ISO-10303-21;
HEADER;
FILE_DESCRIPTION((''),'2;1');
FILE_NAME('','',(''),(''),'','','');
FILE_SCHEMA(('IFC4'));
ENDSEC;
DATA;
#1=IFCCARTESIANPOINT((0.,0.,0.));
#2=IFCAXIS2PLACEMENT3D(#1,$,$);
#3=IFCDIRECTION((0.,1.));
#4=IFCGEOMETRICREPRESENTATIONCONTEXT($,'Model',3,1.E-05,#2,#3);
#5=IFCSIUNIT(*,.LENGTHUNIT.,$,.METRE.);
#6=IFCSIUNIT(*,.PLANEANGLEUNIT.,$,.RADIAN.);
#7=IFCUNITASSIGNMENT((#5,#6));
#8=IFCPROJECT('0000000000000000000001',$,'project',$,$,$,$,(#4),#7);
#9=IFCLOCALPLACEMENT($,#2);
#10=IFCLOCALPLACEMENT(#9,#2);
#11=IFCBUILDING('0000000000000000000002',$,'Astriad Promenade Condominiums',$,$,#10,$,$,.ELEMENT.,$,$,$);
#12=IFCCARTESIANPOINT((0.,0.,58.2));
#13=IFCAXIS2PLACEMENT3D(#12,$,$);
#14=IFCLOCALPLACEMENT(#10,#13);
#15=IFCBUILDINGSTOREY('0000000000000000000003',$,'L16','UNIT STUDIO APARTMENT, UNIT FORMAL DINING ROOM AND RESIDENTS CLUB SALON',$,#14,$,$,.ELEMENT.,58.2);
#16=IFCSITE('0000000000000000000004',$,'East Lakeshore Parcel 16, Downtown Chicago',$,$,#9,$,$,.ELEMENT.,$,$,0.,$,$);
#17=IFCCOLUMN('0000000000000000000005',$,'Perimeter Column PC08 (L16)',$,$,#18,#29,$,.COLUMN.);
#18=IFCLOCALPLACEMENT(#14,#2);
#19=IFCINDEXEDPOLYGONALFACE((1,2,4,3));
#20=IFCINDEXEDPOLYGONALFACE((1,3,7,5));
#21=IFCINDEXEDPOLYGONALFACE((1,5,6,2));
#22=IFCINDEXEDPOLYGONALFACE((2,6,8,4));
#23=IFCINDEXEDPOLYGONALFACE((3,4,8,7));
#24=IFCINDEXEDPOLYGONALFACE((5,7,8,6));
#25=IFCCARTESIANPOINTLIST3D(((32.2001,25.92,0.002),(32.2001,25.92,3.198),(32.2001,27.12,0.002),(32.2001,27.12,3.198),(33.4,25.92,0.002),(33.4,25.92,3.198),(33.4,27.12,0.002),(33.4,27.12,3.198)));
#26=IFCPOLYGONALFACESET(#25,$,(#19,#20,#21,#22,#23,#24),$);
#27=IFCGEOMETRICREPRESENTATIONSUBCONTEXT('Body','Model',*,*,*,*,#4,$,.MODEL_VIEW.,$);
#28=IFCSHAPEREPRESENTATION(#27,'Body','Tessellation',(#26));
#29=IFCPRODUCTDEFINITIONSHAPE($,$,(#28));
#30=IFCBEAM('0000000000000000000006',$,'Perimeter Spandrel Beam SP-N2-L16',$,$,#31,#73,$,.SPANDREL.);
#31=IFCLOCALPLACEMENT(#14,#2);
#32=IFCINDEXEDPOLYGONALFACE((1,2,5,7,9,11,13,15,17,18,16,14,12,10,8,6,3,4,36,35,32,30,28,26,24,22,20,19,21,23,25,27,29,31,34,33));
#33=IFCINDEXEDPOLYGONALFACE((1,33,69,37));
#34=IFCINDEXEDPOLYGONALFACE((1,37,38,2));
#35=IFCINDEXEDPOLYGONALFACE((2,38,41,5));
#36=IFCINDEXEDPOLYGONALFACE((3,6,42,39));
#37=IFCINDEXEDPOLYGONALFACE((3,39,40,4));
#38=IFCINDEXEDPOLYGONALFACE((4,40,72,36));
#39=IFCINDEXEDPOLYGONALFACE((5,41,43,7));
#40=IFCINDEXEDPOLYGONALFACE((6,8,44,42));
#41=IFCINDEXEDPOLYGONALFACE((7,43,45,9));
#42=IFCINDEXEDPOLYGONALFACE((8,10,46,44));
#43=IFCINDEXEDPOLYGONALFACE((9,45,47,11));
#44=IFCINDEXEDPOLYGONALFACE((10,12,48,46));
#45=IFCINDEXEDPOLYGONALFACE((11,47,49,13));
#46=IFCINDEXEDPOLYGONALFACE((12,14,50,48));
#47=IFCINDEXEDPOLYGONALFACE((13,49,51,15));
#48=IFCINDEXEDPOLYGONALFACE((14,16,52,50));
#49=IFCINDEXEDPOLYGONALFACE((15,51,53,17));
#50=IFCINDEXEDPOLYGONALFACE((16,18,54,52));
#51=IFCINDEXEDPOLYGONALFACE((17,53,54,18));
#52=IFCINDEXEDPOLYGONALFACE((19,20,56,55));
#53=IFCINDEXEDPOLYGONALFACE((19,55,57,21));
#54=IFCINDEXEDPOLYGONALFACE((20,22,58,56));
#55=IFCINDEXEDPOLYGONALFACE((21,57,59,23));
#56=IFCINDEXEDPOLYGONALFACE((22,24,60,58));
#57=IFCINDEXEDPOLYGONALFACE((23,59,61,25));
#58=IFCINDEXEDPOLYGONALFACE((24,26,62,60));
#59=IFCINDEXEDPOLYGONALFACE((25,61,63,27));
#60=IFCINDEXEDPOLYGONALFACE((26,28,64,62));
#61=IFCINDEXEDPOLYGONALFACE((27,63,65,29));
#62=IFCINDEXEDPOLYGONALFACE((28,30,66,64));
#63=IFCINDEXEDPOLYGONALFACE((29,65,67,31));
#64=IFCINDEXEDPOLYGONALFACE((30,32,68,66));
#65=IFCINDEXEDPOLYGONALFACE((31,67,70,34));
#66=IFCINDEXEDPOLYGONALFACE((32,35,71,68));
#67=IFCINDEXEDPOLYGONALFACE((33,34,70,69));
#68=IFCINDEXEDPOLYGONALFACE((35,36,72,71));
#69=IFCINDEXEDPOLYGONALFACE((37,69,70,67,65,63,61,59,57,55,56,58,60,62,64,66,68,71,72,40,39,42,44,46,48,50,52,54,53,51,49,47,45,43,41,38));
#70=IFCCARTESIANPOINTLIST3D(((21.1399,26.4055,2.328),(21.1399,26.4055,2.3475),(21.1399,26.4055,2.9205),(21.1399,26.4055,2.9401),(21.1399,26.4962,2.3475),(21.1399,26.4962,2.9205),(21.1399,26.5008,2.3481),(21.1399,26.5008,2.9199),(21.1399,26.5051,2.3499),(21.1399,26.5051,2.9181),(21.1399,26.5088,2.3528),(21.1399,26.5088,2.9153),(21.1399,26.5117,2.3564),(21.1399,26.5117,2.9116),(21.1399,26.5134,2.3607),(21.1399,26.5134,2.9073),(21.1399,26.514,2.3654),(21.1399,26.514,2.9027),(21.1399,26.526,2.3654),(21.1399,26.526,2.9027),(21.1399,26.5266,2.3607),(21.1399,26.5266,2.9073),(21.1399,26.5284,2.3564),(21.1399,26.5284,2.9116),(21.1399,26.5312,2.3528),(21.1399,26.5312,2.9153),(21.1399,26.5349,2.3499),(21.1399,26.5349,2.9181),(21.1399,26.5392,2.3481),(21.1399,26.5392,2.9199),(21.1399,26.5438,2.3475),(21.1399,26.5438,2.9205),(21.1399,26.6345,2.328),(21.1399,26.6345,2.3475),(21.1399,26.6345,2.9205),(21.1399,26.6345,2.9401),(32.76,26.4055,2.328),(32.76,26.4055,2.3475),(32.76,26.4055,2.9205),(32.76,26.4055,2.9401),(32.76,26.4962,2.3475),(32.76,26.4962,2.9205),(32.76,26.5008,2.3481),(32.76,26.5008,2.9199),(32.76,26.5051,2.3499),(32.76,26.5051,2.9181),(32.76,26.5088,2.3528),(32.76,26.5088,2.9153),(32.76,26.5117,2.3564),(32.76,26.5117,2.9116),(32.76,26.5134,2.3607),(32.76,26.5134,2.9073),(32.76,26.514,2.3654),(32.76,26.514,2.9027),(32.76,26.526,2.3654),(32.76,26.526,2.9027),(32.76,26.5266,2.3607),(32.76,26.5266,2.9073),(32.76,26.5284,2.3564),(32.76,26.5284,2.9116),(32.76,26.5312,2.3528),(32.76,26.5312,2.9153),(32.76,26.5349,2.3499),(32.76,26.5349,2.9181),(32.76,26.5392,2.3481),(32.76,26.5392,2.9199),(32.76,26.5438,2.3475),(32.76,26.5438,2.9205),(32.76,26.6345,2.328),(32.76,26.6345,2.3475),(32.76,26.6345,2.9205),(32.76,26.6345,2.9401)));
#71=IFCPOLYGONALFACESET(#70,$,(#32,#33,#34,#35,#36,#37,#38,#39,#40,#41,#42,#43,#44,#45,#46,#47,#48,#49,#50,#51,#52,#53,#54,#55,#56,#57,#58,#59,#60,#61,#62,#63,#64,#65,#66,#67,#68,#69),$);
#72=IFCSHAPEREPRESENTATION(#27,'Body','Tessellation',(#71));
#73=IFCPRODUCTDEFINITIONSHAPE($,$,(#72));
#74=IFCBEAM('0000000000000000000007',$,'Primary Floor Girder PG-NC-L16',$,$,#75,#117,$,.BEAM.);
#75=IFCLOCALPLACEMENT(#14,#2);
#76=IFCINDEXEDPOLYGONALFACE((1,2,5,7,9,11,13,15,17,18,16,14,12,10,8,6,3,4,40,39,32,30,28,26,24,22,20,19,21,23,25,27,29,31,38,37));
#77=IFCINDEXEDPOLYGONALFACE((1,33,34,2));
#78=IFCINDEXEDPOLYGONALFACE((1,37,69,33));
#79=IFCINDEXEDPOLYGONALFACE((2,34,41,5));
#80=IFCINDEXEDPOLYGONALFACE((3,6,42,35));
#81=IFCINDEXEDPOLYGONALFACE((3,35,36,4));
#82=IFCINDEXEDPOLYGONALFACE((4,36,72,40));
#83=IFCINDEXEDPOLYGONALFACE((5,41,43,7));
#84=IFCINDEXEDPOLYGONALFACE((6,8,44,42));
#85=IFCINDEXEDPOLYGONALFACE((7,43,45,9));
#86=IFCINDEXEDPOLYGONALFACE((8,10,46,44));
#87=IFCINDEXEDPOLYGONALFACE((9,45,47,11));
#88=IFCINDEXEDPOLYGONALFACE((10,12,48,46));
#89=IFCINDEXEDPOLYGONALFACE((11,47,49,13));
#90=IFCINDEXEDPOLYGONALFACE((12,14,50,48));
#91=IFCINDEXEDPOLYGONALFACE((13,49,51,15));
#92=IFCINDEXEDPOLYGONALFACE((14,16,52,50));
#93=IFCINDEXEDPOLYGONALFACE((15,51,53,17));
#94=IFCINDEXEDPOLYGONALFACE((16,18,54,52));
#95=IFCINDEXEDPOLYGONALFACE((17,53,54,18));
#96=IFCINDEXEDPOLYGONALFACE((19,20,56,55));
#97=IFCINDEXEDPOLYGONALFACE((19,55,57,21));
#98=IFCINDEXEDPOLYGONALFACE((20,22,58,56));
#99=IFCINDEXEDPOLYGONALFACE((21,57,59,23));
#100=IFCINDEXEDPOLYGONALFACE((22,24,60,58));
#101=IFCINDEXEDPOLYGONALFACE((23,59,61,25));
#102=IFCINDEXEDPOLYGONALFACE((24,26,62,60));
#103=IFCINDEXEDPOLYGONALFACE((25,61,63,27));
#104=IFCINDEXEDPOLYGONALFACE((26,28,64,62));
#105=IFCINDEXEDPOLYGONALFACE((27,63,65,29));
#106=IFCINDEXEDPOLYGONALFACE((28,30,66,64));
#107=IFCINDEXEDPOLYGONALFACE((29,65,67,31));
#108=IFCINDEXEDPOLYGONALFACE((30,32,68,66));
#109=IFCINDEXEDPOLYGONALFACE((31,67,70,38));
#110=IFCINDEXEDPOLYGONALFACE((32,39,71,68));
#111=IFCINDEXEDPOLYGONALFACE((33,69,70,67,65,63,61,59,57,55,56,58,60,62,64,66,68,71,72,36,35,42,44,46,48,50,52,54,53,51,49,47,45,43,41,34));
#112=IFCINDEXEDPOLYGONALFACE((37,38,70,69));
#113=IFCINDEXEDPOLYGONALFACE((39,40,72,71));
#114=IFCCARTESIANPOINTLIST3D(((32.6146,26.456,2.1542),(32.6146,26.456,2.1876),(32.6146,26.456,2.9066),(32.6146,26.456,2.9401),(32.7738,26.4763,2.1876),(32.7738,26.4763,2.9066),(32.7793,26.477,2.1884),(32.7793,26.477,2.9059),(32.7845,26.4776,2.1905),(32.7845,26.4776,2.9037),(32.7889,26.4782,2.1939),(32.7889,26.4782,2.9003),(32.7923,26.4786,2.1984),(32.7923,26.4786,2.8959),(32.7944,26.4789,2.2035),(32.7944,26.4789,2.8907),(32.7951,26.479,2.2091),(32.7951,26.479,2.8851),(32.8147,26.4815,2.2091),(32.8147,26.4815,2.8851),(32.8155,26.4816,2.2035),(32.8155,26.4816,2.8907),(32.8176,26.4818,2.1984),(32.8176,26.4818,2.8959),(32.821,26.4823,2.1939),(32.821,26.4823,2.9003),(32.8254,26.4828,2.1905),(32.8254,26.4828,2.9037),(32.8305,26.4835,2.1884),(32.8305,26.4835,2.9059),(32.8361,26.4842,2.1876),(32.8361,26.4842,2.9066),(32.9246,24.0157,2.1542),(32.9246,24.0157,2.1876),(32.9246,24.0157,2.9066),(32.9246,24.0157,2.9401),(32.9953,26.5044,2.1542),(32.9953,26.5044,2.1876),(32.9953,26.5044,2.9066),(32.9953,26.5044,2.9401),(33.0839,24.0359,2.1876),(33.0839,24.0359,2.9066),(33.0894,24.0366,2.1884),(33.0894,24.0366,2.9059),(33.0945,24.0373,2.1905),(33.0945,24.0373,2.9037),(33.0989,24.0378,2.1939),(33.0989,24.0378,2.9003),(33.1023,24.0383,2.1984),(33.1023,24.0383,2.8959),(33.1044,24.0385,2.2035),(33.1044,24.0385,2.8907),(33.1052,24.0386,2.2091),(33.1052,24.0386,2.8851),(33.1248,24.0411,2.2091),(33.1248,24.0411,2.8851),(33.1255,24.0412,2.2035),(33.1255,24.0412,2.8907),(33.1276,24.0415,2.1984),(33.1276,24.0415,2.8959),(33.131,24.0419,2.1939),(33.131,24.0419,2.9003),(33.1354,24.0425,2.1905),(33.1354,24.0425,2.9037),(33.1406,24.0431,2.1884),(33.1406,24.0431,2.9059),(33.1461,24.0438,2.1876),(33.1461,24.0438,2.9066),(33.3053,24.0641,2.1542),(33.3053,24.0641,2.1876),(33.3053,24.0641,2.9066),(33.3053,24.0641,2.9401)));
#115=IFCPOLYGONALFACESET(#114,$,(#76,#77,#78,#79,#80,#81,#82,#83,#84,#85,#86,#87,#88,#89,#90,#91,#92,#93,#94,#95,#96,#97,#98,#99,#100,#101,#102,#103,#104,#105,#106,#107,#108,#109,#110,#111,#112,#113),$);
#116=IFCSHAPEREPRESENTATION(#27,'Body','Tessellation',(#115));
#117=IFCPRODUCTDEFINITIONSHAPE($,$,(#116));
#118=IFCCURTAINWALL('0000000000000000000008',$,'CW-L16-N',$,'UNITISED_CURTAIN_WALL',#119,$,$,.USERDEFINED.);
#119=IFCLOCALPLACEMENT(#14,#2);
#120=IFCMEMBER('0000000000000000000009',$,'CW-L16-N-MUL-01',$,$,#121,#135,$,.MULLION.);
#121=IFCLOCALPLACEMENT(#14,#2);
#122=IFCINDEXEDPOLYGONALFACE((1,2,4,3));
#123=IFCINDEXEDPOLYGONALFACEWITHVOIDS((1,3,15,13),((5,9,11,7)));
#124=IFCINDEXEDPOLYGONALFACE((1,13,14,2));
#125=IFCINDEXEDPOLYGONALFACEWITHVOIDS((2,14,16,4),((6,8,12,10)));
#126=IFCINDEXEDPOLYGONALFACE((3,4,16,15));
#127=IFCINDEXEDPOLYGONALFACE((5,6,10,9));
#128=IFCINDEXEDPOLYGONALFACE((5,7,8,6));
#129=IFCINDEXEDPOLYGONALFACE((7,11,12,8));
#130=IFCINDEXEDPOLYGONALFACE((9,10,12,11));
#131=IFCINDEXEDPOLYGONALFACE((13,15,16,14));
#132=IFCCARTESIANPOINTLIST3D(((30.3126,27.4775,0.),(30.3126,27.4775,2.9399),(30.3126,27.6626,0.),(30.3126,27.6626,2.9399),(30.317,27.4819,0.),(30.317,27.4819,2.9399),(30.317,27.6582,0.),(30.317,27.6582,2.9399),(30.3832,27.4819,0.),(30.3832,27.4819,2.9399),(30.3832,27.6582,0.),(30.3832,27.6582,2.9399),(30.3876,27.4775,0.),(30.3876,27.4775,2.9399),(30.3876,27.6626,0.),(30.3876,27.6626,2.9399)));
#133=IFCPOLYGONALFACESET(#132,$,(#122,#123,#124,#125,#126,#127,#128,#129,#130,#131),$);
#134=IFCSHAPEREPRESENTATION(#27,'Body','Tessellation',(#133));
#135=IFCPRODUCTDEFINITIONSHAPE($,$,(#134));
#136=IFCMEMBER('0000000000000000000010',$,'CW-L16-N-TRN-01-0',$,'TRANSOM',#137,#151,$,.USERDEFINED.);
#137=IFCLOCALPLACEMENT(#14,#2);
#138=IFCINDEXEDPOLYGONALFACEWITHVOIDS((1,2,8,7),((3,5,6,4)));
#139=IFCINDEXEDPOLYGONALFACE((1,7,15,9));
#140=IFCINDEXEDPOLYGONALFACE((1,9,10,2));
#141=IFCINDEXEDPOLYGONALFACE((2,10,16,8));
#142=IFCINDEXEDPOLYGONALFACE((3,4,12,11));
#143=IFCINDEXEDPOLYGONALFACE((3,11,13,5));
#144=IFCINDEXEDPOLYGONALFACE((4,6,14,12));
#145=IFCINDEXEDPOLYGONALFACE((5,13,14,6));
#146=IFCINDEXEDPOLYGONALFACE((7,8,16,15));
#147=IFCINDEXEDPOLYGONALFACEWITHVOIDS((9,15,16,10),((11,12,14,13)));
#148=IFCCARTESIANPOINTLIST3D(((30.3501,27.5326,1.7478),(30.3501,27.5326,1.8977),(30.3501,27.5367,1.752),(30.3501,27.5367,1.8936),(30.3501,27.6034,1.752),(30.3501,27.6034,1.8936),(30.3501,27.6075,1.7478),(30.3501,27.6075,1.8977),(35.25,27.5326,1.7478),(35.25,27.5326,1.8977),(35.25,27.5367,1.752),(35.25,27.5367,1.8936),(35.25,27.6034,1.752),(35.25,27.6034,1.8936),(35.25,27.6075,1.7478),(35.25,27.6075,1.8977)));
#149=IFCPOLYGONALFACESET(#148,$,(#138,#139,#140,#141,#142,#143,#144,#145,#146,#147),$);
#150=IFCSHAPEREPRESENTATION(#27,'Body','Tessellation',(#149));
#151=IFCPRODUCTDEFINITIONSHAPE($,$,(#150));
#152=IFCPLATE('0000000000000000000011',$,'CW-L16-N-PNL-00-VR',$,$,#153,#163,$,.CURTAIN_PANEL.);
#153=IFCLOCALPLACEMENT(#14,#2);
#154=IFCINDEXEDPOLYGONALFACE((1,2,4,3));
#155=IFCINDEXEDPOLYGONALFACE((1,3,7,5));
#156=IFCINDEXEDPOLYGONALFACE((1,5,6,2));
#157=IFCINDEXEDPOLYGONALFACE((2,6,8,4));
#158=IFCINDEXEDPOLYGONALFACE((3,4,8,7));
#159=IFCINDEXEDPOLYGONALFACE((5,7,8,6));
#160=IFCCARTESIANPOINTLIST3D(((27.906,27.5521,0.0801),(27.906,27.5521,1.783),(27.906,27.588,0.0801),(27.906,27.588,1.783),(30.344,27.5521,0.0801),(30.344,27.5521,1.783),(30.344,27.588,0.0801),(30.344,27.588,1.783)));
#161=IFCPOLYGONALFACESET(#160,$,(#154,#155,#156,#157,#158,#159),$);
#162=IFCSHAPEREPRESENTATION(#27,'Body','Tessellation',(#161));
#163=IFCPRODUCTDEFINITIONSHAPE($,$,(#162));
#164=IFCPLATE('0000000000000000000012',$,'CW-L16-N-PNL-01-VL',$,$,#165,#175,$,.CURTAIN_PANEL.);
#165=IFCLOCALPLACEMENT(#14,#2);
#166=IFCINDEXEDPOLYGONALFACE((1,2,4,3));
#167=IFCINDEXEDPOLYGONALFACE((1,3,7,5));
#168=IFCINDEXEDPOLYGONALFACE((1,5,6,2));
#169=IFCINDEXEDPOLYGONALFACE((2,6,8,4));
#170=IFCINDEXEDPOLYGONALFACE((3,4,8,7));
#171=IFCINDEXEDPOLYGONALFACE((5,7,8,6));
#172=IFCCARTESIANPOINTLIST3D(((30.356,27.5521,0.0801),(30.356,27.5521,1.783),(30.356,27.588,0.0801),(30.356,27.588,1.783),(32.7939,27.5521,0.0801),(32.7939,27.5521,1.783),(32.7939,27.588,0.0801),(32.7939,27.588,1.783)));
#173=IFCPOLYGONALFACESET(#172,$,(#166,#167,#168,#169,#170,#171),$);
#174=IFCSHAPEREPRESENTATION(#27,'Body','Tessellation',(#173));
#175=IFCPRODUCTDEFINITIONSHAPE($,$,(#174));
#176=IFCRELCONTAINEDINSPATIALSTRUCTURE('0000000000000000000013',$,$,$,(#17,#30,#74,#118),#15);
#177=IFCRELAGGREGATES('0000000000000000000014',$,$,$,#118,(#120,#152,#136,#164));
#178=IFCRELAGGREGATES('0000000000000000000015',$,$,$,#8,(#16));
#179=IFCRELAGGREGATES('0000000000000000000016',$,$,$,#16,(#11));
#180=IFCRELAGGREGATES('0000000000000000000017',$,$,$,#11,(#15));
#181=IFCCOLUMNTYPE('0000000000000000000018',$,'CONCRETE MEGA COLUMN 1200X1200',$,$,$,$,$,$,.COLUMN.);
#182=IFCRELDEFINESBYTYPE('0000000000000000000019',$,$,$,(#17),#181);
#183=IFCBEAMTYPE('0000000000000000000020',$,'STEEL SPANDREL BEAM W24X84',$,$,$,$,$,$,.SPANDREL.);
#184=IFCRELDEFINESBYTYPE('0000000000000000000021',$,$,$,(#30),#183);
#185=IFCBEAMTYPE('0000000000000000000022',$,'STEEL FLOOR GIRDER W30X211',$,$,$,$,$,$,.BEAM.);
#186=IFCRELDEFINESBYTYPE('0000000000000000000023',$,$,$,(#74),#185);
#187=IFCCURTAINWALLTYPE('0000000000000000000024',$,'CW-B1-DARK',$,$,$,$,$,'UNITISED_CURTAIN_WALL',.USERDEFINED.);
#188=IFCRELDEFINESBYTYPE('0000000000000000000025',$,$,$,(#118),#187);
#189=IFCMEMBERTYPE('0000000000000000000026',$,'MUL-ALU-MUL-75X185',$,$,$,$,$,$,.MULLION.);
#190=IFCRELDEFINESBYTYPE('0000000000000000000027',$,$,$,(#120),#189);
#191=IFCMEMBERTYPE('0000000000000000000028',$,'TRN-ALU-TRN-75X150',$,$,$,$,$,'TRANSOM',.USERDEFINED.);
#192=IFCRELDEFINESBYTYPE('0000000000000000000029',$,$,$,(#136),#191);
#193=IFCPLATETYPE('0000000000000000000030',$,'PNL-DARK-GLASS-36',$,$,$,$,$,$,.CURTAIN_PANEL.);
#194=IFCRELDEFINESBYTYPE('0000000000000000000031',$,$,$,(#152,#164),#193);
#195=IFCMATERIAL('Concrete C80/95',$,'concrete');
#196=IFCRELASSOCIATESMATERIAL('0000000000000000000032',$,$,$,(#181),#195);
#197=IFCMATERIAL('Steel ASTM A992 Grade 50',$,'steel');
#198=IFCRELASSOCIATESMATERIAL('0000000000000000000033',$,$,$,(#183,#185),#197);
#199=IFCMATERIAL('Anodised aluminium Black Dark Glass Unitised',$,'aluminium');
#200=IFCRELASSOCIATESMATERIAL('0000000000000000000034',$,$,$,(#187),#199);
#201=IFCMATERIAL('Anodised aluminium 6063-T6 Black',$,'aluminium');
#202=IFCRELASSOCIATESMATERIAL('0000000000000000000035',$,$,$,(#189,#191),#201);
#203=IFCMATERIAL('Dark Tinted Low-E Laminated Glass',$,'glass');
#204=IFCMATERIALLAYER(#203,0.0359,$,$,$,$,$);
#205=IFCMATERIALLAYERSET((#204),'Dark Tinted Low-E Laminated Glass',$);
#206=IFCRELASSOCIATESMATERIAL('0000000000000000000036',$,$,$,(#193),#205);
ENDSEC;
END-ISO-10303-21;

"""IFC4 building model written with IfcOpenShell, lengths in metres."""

from ifc_helpers import new_model, si_unit, direction, frame, origin, origin_2d, place, context, subcontext, project, spatial, rectangle, hollow_rectangle, i_section, extrude, source, transform, mapped, material, layer, layer_set, material_profile, profile_set, type_object, type_shapes, element, aggregate, save


model = new_model("IFC4")

# Units and contexts
model_context = context("Model", 3, precision=1e-05, world=origin(), true_north=direction((0.0, 1.0)))
body_context = subcontext(model_context, "Body", "Model", "MODEL_VIEW")
ifc_project = project(units=[si_unit("LENGTHUNIT", "METRE"), si_unit("PLANEANGLEUNIT", "RADIAN")], contexts=[model_context])

# Site, building, storey
site_placement = place(None, origin())
site = spatial("IfcSite", under=ifc_project, at=site_placement, Name="East Lakeshore Parcel 16, Downtown Chicago", CompositionType="ELEMENT", RefElevation=0.0)
building_placement = place(site_placement, origin())
building = spatial("IfcBuilding", under=site, at=building_placement, Name="Astriad Promenade Condominiums", CompositionType="ELEMENT")
storey_placement = place(building_placement, frame((0.0, 0.0, 58.2)))
storey = spatial("IfcBuildingStorey", under=building, at=storey_placement, Name="L16", Description="UNIT STUDIO APARTMENT, UNIT FORMAL DINING ROOM AND RESIDENTS CLUB SALON", CompositionType="ELEMENT", Elevation=58.2)

# Column
ifc_material_1 = material(Name="Concrete C80/95", Category="concrete")
ifc_material_profile_1 = material_profile(ifc_material_1, rectangle(XDim=1.2, YDim=1.2, at=origin_2d()), Name="RC-COL-1200X1200")
ifc_profile_set_1 = profile_set([ifc_material_profile_1], Name="Concrete C80/95")
column_type = type_object("IfcColumnType", Name="CONCRETE MEGA COLUMN 1200X1200", PredefinedType="COLUMN", material=ifc_profile_set_1)
shared_shape_1 = source(origin(), body_context, "Body", "SweptSolid", [
    extrude(rectangle(XDim=1.2, YDim=1.2, at=origin_2d()), origin(), (0.0, 0.0, 1.0), 3.196),
])
type_shapes(column_type, [shared_shape_1])
column_placement = place(storey_placement, frame((32.8, 26.52, 0.002), z_axis=(0.0, 0.0, 1.0), x_axis=(1.0, 0.0, 0.0)))
element("IfcColumn", 1, at=column_placement, inside=storey, type_object=column_type, Name="Perimeter Column PC08 (L16)", PredefinedType="COLUMN", context=body_context, shape_type="MappedRepresentation", body=[
    mapped(shared_shape_1, transform((0.0, 0.0, 0.0), scale=1.0)),
])

# Beams
ifc_material_2 = material(Name="Steel ASTM A992 Grade 50", Category="steel")
ifc_material_profile_2 = material_profile(ifc_material_2, i_section(OverallWidth=0.229, OverallDepth=0.6121, WebThickness=0.012, FlangeThickness=0.0195, FilletRadius=0.0178, at=origin_2d()), Name="W24X84")
ifc_profile_set_2 = profile_set([ifc_material_profile_2], Name="Steel ASTM A992 Grade 50")
beam_type_1 = type_object("IfcBeamType", Name="STEEL SPANDREL BEAM W24X84", PredefinedType="SPANDREL", material=ifc_profile_set_2)
shared_shape_2 = source(origin(), body_context, "Body", "SweptSolid", [
    extrude(i_section(OverallWidth=0.229, OverallDepth=0.6121, WebThickness=0.012, FlangeThickness=0.0195, FilletRadius=0.0178, at=origin_2d()), origin(), (0.0, 0.0, 1.0), 11.6201),
])
type_shapes(beam_type_1, [shared_shape_2])
beam_1_placement = place(storey_placement, frame((32.76, 26.52, 2.634), z_axis=(-1.0, 0.0, 0.0), x_axis=(0.0, -1.0, 0.0)))
element("IfcBeam", 2, at=beam_1_placement, inside=storey, type_object=beam_type_1, Name="Perimeter Spandrel Beam SP-N2-L16", PredefinedType="SPANDREL", context=body_context, shape_type="MappedRepresentation", body=[
    mapped(shared_shape_2, transform((0.0, 0.0, 0.0), scale=1.0)),
])
ifc_material_profile_3 = material_profile(ifc_material_2, i_section(OverallWidth=0.3838, OverallDepth=0.7859, WebThickness=0.0198, FlangeThickness=0.0334, FilletRadius=0.0215, at=origin_2d()), Name="W30X211")
ifc_profile_set_3 = profile_set([ifc_material_profile_3], Name="Steel ASTM A992 Grade 50")
beam_type_2 = type_object("IfcBeamType", Name="STEEL FLOOR GIRDER W30X211", PredefinedType="BEAM", material=ifc_profile_set_3)
shared_shape_3 = source(origin(), body_context, "Body", "SweptSolid", [
    extrude(i_section(OverallWidth=0.3838, OverallDepth=0.7859, WebThickness=0.0198, FlangeThickness=0.0334, FilletRadius=0.0215, at=origin_2d()), origin(), (0.0, 0.0, 1.0), 2.46),
])
type_shapes(beam_type_2, [shared_shape_3])
beam_2_placement = place(storey_placement, frame((32.8049, 26.4802, 2.5471), z_axis=(0.126038, -0.992025, 0.0), x_axis=(0.992025, 0.126038, 0.0)))
element("IfcBeam", 3, at=beam_2_placement, inside=storey, type_object=beam_type_2, Name="Primary Floor Girder PG-NC-L16", PredefinedType="BEAM", context=body_context, shape_type="MappedRepresentation", body=[
    mapped(shared_shape_3, transform((0.0, 0.0, 0.0), scale=1.0)),
])

# Curtain wall, members, plates
ifc_material_3 = material(Name="Anodised aluminium Black Dark Glass Unitised", Category="aluminium")
curtain_wall_type = type_object("IfcCurtainWallType", Name="CW-B1-DARK", ElementType="UNITISED_CURTAIN_WALL", PredefinedType="USERDEFINED", material=ifc_material_3)
curtain_wall_placement = place(storey_placement, origin())
curtain_wall = element("IfcCurtainWall", 4, at=curtain_wall_placement, inside=storey, type_object=curtain_wall_type, Name="CW-L16-N", ObjectType="UNITISED_CURTAIN_WALL", PredefinedType="USERDEFINED")
ifc_material_4 = material(Name="Anodised aluminium 6063-T6 Black", Category="aluminium")
ifc_material_profile_4 = material_profile(ifc_material_4, hollow_rectangle(XDim=0.075, YDim=0.1851, WallThickness=0.0044, at=origin_2d()), Name="ALU-MUL-75X185")
ifc_profile_set_4 = profile_set([ifc_material_profile_4], Name="Anodised aluminium 6063-T6 Black")
member_type_1 = type_object("IfcMemberType", Name="MUL-ALU-MUL-75X185", PredefinedType="MULLION", material=ifc_profile_set_4)
shared_shape_4 = source(origin(), body_context, "Body", "SweptSolid", [
    extrude(hollow_rectangle(XDim=0.075, YDim=0.1851, WallThickness=0.0044, at=origin_2d()), origin(), (0.0, 0.0, 1.0), 2.9399),
])
type_shapes(member_type_1, [shared_shape_4])
member_1_placement = place(storey_placement, frame((30.3501, 27.5701, 0.0), z_axis=(0.0, 0.0, 1.0), x_axis=(1.0, 0.0, 0.0)))
member_1 = element("IfcMember", 5, at=member_1_placement, type_object=member_type_1, Name="CW-L16-N-MUL-01", PredefinedType="MULLION", context=body_context, shape_type="MappedRepresentation", body=[
    mapped(shared_shape_4, transform((0.0, 0.0, 0.0), scale=1.0)),
])
ifc_material_profile_5 = material_profile(ifc_material_4, hollow_rectangle(XDim=0.075, YDim=0.1499, WallThickness=0.0042, at=origin_2d()), Name="ALU-TRN-75X150")
ifc_profile_set_5 = profile_set([ifc_material_profile_5], Name="Anodised aluminium 6063-T6 Black")
member_type_2 = type_object("IfcMemberType", Name="TRN-ALU-TRN-75X150", ElementType="TRANSOM", PredefinedType="USERDEFINED", material=ifc_profile_set_5)
shared_shape_5 = source(origin(), body_context, "Body", "SweptSolid", [
    extrude(hollow_rectangle(XDim=0.075, YDim=0.1499, WallThickness=0.0042, at=origin_2d()), origin(), (0.0, 0.0, 1.0), 4.8999),
])
type_shapes(member_type_2, [shared_shape_5])
member_2_placement = place(storey_placement, frame((30.3501, 27.5701, 1.8228), z_axis=(1.0, 0.0, 0.0), x_axis=(0.0, 1.0, 0.0)))
member_2 = element("IfcMember", 6, at=member_2_placement, type_object=member_type_2, Name="CW-L16-N-TRN-01-0", ObjectType="TRANSOM", PredefinedType="USERDEFINED", context=body_context, shape_type="MappedRepresentation", body=[
    mapped(shared_shape_5, transform((0.0, 0.0, 0.0), scale=1.0)),
])
ifc_material_5 = material(Name="Dark Tinted Low-E Laminated Glass", Category="glass")
ifc_layer_1 = layer(ifc_material_5, 0.0359)
ifc_layer_set_1 = layer_set([ifc_layer_1], Name="Dark Tinted Low-E Laminated Glass")
plate_type = type_object("IfcPlateType", Name="PNL-DARK-GLASS-36", PredefinedType="CURTAIN_PANEL", material=ifc_layer_set_1)
shared_shape_6 = source(origin(), body_context, "Body", "SweptSolid", [
    extrude(rectangle(XDim=2.438, YDim=0.0359, at=origin_2d()), origin(), (0.0, 0.0, 1.0), 1.7029),
])
plate_1_placement = place(storey_placement, frame((29.125, 27.5701, 0.0801), z_axis=(0.0, 0.0, 1.0), x_axis=(1.0, 0.0, 0.0)))
plate_1 = element("IfcPlate", 7, at=plate_1_placement, type_object=plate_type, Name="CW-L16-N-PNL-00-VR", PredefinedType="CURTAIN_PANEL", context=body_context, shape_type="MappedRepresentation", body=[
    mapped(shared_shape_6, transform((0.0, 0.0, 0.0), scale=1.0)),
])
plate_2_placement = place(storey_placement, frame((31.575, 27.5701, 0.0801), z_axis=(0.0, 0.0, 1.0), x_axis=(1.0, 0.0, 0.0)))
plate_2 = element("IfcPlate", 8, at=plate_2_placement, type_object=plate_type, Name="CW-L16-N-PNL-01-VL", PredefinedType="CURTAIN_PANEL", context=body_context, shape_type="MappedRepresentation", body=[
    mapped(shared_shape_6, transform((0.0, 0.0, 0.0), scale=1.0)),
])
aggregate(curtain_wall, [member_1, plate_1, member_2, plate_2])

save(model, "model.ifc")
